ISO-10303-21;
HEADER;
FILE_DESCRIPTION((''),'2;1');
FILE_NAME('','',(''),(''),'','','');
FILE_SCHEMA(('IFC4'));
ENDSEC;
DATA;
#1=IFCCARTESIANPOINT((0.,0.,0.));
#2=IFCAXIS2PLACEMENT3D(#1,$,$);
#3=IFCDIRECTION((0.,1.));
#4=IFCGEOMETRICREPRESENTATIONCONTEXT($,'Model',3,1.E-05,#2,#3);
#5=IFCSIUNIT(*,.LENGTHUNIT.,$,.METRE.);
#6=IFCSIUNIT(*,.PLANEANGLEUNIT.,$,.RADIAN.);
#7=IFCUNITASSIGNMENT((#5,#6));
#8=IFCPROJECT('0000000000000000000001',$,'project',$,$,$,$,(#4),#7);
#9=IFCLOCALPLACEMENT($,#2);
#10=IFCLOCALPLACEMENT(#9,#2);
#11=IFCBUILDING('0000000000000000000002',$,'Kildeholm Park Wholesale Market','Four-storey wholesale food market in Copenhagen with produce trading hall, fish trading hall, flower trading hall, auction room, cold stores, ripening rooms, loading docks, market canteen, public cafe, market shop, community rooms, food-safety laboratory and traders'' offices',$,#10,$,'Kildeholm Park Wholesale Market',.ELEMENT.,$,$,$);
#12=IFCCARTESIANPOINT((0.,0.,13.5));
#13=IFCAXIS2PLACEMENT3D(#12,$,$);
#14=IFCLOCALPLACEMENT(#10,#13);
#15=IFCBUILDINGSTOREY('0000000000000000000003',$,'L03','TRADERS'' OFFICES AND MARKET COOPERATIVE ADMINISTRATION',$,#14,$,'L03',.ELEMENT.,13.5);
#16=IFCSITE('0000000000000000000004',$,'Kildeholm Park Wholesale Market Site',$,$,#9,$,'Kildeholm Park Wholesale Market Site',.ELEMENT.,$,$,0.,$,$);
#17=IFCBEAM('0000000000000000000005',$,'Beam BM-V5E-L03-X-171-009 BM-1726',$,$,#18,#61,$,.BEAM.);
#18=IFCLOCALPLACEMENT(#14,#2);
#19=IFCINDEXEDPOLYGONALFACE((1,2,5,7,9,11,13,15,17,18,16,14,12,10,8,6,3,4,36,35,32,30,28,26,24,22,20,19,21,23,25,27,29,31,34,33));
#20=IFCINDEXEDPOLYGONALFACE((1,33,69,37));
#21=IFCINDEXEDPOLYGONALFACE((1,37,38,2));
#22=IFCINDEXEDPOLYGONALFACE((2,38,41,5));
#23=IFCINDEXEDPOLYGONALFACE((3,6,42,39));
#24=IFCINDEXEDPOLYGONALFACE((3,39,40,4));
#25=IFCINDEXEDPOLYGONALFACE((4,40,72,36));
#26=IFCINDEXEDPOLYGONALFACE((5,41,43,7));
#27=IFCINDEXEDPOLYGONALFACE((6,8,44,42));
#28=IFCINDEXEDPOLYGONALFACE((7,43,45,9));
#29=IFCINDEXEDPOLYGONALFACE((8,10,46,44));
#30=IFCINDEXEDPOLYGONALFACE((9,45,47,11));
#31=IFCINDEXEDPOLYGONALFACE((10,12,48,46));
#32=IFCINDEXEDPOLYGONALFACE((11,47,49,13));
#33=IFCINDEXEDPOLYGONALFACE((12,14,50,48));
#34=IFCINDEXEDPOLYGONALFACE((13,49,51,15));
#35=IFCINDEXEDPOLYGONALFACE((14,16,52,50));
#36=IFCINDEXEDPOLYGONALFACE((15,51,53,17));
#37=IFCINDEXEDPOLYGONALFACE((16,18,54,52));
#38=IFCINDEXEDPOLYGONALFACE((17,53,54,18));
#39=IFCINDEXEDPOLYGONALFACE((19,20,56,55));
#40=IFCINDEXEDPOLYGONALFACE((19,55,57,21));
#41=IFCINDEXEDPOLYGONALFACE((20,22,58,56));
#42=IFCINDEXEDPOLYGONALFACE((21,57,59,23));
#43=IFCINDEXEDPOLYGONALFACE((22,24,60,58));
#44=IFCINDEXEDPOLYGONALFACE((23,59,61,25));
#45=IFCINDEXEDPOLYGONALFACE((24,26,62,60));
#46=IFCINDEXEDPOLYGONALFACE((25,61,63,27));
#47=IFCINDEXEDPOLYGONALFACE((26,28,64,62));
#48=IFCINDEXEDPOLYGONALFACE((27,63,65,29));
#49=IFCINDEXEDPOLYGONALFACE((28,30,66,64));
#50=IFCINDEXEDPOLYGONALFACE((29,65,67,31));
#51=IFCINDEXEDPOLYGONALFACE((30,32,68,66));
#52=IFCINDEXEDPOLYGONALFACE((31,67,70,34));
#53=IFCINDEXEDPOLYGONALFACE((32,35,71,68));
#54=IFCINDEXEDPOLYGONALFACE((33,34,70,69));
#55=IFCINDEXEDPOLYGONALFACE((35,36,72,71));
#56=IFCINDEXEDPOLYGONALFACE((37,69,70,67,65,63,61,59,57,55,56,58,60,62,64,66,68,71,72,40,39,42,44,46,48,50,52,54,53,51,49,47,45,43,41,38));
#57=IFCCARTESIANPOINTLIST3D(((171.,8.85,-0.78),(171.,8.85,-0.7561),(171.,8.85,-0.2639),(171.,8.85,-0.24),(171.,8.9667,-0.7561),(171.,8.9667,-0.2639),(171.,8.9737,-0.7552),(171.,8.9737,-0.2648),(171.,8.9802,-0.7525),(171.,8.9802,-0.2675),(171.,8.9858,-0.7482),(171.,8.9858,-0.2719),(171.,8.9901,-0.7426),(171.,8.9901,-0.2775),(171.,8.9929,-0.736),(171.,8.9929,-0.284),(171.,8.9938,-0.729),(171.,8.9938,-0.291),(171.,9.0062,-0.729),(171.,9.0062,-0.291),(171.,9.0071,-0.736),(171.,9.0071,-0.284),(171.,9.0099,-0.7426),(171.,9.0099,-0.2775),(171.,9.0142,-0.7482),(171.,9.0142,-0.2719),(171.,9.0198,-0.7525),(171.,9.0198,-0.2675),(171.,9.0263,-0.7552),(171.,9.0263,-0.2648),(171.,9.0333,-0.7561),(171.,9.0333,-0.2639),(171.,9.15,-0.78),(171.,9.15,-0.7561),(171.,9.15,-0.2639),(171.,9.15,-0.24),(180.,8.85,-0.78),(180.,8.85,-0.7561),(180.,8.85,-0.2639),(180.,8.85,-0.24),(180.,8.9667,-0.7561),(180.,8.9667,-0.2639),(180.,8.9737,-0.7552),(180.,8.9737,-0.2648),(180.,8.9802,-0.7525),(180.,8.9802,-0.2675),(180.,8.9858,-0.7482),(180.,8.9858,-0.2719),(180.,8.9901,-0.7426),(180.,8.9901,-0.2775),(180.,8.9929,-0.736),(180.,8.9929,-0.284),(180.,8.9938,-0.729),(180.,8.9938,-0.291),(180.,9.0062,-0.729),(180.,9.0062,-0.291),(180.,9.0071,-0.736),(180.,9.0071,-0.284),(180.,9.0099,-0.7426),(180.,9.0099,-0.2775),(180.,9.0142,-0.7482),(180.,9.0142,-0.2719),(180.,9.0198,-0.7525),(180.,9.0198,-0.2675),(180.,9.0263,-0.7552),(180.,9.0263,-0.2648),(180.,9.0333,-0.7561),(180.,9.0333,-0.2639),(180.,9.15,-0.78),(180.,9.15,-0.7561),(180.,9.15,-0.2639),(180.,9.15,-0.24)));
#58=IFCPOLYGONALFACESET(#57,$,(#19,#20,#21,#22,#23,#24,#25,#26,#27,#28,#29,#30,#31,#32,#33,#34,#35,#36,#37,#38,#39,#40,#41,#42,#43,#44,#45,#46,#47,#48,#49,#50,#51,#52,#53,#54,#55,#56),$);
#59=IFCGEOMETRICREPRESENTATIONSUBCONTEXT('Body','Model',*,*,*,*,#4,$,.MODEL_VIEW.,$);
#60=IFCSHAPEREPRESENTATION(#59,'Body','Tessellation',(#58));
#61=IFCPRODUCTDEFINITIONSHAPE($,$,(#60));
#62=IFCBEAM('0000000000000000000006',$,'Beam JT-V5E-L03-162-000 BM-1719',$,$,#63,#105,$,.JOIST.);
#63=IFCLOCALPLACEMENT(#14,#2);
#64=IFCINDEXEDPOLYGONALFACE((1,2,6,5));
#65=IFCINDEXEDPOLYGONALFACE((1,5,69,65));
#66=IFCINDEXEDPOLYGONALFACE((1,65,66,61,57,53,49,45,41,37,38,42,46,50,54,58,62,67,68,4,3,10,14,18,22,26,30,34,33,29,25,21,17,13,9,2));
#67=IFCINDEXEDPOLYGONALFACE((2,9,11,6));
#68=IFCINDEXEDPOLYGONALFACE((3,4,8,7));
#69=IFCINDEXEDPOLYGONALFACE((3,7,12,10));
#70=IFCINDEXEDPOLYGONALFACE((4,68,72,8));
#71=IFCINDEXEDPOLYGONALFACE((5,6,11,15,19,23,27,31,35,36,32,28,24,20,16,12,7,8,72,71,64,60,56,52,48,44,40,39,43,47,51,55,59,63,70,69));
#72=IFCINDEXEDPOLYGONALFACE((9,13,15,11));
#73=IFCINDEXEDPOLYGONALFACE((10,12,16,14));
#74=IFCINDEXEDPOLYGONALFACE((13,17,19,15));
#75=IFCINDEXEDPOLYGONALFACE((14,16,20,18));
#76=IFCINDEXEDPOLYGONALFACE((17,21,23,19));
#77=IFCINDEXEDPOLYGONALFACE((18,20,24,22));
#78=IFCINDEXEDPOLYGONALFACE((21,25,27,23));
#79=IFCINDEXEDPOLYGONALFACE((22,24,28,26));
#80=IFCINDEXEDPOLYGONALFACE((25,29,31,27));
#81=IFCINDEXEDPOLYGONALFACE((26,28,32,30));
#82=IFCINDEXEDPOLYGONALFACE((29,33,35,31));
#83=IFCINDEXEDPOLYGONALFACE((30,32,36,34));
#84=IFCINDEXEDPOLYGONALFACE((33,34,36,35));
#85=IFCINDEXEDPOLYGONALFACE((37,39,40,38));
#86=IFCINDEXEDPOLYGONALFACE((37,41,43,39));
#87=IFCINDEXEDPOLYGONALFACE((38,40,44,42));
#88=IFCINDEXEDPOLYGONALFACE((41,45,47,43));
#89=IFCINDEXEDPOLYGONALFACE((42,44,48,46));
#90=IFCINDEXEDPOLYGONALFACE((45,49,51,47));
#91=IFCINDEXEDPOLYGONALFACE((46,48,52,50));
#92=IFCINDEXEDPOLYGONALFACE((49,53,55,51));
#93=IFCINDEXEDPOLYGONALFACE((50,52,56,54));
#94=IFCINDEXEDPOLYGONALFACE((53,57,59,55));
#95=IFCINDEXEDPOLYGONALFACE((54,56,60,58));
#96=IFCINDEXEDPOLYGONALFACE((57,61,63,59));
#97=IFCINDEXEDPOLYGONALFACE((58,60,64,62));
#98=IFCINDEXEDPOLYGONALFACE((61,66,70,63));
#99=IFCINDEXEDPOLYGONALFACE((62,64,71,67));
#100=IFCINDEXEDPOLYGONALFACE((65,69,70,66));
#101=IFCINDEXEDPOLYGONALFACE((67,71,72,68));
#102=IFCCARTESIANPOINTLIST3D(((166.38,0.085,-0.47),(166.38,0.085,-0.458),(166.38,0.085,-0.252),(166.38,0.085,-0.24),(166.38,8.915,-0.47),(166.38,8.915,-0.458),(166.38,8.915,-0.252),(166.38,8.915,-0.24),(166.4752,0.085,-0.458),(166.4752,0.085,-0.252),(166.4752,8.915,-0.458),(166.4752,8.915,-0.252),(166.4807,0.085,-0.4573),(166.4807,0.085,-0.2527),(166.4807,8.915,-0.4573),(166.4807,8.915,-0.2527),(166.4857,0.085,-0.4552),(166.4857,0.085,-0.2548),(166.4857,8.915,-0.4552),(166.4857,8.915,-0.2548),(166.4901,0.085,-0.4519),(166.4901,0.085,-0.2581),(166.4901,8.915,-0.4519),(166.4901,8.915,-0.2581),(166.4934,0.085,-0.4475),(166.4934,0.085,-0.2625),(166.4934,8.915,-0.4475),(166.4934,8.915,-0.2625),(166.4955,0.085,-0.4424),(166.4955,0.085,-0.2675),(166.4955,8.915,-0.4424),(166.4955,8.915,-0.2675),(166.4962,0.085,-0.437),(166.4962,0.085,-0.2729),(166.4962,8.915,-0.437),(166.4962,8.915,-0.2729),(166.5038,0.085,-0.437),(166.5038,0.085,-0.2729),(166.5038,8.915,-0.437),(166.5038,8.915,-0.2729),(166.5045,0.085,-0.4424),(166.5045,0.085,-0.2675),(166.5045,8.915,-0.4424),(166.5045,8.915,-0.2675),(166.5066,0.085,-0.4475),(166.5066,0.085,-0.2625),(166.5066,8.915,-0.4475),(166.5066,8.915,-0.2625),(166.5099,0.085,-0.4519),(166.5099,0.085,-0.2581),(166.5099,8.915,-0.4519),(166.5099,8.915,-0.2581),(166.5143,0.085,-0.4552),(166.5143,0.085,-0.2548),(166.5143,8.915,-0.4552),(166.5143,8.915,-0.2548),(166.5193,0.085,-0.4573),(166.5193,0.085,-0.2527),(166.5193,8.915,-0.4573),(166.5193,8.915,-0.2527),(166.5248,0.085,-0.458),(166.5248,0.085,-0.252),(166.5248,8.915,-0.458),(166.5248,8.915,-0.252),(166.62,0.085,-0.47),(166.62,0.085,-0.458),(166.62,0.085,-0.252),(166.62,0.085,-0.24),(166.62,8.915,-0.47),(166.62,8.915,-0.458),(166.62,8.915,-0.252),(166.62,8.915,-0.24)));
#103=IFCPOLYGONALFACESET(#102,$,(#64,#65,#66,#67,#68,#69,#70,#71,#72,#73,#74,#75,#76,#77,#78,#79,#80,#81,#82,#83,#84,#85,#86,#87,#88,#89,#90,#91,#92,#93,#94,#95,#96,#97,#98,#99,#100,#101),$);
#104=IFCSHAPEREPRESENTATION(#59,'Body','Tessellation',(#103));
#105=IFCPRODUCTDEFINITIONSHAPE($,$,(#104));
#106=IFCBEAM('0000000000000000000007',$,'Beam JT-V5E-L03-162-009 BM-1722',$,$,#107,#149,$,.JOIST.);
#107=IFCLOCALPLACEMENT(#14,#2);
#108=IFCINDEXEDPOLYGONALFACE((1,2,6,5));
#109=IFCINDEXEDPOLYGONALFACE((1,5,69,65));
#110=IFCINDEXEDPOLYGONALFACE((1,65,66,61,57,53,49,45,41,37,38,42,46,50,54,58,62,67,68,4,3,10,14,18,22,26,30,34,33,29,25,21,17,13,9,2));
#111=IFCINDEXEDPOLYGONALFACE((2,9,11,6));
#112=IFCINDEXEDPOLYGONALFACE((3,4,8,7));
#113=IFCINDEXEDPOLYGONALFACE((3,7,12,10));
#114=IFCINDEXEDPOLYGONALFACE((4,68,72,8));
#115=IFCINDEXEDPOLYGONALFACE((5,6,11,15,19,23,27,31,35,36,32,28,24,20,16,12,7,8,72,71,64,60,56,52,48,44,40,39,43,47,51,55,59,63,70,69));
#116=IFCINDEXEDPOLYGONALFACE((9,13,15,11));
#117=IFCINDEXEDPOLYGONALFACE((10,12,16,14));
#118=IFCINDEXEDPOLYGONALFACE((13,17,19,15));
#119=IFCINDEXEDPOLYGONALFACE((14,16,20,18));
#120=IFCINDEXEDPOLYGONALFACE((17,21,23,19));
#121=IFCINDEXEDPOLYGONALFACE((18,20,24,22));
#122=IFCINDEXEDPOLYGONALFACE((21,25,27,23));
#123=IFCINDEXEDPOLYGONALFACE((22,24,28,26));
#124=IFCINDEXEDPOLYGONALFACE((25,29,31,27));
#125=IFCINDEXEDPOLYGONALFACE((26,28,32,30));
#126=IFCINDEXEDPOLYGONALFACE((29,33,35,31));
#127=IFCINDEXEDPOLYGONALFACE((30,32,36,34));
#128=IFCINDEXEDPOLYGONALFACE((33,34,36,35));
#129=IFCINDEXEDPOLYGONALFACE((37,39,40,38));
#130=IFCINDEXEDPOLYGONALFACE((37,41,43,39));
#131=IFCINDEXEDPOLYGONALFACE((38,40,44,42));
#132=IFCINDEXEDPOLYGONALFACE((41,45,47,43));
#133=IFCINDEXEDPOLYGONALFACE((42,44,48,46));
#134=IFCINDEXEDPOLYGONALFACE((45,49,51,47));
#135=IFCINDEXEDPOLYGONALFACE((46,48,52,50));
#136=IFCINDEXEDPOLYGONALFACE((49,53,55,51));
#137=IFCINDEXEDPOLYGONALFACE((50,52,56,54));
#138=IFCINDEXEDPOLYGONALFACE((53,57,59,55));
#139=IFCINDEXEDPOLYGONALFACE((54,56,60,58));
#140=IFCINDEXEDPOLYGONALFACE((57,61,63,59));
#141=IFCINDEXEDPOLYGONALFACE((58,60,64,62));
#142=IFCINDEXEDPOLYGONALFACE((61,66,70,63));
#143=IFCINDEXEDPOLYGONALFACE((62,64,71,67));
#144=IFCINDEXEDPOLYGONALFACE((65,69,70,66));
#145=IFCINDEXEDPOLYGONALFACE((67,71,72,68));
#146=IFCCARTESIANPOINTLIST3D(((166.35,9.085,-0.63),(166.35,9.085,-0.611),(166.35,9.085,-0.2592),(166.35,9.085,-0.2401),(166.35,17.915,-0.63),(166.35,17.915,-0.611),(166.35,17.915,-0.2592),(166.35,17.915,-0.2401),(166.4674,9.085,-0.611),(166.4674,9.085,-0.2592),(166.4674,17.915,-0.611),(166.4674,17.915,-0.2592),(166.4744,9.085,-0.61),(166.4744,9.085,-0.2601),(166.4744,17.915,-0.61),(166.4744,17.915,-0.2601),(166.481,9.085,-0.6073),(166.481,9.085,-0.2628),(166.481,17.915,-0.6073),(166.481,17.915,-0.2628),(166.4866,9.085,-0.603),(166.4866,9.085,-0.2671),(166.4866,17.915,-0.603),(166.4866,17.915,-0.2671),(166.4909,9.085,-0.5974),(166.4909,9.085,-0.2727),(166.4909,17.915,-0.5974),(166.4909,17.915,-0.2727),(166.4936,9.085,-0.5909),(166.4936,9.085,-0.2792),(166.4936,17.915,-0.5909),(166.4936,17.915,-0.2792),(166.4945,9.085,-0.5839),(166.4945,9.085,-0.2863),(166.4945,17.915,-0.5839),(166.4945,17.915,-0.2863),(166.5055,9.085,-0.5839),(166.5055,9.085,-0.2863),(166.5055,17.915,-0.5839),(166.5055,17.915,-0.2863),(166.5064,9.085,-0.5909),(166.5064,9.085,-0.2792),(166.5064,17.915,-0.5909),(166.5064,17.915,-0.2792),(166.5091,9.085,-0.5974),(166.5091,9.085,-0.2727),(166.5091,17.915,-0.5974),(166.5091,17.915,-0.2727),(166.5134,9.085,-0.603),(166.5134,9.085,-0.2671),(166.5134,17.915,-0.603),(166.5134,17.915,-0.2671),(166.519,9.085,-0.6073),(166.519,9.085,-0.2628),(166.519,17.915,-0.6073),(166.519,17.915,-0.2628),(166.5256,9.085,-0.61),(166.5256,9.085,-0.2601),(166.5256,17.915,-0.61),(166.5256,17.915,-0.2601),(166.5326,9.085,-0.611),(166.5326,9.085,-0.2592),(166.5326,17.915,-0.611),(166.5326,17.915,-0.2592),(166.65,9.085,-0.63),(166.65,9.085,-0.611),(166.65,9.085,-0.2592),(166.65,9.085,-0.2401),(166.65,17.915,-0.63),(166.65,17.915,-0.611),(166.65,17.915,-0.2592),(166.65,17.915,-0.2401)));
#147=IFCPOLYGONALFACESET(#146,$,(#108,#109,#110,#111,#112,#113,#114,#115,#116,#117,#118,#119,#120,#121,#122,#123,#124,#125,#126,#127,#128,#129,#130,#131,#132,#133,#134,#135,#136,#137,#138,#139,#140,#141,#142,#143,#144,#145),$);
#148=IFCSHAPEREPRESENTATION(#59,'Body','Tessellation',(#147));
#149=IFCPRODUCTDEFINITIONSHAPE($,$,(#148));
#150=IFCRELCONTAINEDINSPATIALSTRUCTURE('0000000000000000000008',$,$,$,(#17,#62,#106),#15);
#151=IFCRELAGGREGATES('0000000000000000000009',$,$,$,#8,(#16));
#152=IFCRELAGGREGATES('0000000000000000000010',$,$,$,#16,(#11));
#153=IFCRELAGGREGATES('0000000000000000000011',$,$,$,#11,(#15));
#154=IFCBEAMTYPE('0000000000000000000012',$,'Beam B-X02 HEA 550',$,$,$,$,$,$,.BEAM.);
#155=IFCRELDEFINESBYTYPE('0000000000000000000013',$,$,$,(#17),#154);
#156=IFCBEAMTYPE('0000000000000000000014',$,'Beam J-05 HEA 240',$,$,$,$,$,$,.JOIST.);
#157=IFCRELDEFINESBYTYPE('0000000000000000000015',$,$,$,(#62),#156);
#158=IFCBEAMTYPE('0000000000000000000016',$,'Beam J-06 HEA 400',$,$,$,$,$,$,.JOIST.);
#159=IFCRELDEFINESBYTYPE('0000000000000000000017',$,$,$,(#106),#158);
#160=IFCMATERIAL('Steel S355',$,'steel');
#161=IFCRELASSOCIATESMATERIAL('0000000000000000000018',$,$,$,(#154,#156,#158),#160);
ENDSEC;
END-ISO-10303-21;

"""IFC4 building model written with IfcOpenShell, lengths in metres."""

from ifc_helpers import new_model, si_unit, direction, frame, origin, origin_2d, place, context, subcontext, project, spatial, i_section, extrude, material, material_profile, profile_set, type_object, element, save


model = new_model("IFC4")

# Units and contexts
model_context = context("Model", 3, precision=1e-05, world=origin(), true_north=direction((0.0, 1.0)))
body_context = subcontext(model_context, "Body", "Model", "MODEL_VIEW")
ifc_project = project(units=[si_unit("LENGTHUNIT", "METRE"), si_unit("PLANEANGLEUNIT", "RADIAN")], contexts=[model_context])

# Site, building, storey
site_placement = place(None, origin())
site = spatial("IfcSite", under=ifc_project, at=site_placement, Name="Kildeholm Park Wholesale Market Site", LongName="Kildeholm Park Wholesale Market Site", CompositionType="ELEMENT", RefElevation=0.0)
building_placement = place(site_placement, origin())
building = spatial("IfcBuilding", under=site, at=building_placement, Name="Kildeholm Park Wholesale Market", Description="Four-storey wholesale food market in Copenhagen with produce trading hall, fish trading hall, flower trading hall, auction room, cold stores, ripening rooms, loading docks, market canteen, public cafe, market shop, community rooms, food-safety laboratory and traders' offices", LongName="Kildeholm Park Wholesale Market", CompositionType="ELEMENT")
storey_placement = place(building_placement, frame((0.0, 0.0, 13.5)))
storey = spatial("IfcBuildingStorey", under=building, at=storey_placement, Name="L03", Description="TRADERS' OFFICES AND MARKET COOPERATIVE ADMINISTRATION", LongName="L03", CompositionType="ELEMENT", Elevation=13.5)

# Shared definitions
ifc_material_1 = material(Name="Steel S355", Category="steel")

# Beams
ifc_material_profile_1 = material_profile(ifc_material_1, i_section(OverallWidth=0.3, OverallDepth=0.54, WebThickness=0.0125, FlangeThickness=0.0239, FilletRadius=0.0271, at=origin_2d()), Name="HEA 550")
ifc_profile_set_1 = profile_set([ifc_material_profile_1], Name="Steel S355")
beam_type_1 = type_object("IfcBeamType", Name="Beam B-X02 HEA 550", PredefinedType="BEAM", material=ifc_profile_set_1)
beam_1_placement = place(storey_placement, frame((171.0, 9.0, -0.51), z_axis=(1.0, 0.0, 0.0), x_axis=(0.0, 1.0, 0.0)))
element("IfcBeam", 1, at=beam_1_placement, inside=storey, type_object=beam_type_1, Name="Beam BM-V5E-L03-X-171-009 BM-1726", PredefinedType="BEAM", context=body_context, shape_type="SweptSolid", body=[
    extrude(i_section(OverallWidth=0.3, OverallDepth=0.54, WebThickness=0.0125, FlangeThickness=0.0239, FilletRadius=0.0271, at=origin_2d()), origin(), (0.0, 0.0, 1.0), 9.0),
])
ifc_material_profile_2 = material_profile(ifc_material_1, i_section(OverallWidth=0.24, OverallDepth=0.23, WebThickness=0.0076, FlangeThickness=0.012, FilletRadius=0.021, at=origin_2d()), Name="HEA 240")
ifc_profile_set_2 = profile_set([ifc_material_profile_2], Name="Steel S355")
beam_type_2 = type_object("IfcBeamType", Name="Beam J-05 HEA 240", PredefinedType="JOIST", material=ifc_profile_set_2)
beam_2_placement = place(storey_placement, frame((166.5, 0.085, -0.355), z_axis=(0.0, 1.0, 0.0), x_axis=(-1.0, 0.0, 0.0)))
element("IfcBeam", 2, at=beam_2_placement, inside=storey, type_object=beam_type_2, Name="Beam JT-V5E-L03-162-000 BM-1719", PredefinedType="JOIST", context=body_context, shape_type="SweptSolid", body=[
    extrude(i_section(OverallWidth=0.24, OverallDepth=0.23, WebThickness=0.0076, FlangeThickness=0.012, FilletRadius=0.021, at=origin_2d()), origin(), (0.0, 0.0, 1.0), 8.8301),
])
ifc_material_profile_3 = material_profile(ifc_material_1, i_section(OverallWidth=0.3, OverallDepth=0.3899, WebThickness=0.011, FlangeThickness=0.019, FilletRadius=0.0271, at=origin_2d()), Name="HEA 400")
ifc_profile_set_3 = profile_set([ifc_material_profile_3], Name="Steel S355")
beam_type_3 = type_object("IfcBeamType", Name="Beam J-06 HEA 400", PredefinedType="JOIST", material=ifc_profile_set_3)
beam_3_placement = place(storey_placement, frame((166.5, 9.085, -0.4351), z_axis=(0.0, 1.0, 0.0), x_axis=(-1.0, 0.0, 0.0)))
element("IfcBeam", 3, at=beam_3_placement, inside=storey, type_object=beam_type_3, Name="Beam JT-V5E-L03-162-009 BM-1722", PredefinedType="JOIST", context=body_context, shape_type="SweptSolid", body=[
    extrude(i_section(OverallWidth=0.3, OverallDepth=0.3899, WebThickness=0.011, FlangeThickness=0.019, FilletRadius=0.0271, at=origin_2d()), origin(), (0.0, 0.0, 1.0), 8.8301),
])

save(model, "model.ifc")
